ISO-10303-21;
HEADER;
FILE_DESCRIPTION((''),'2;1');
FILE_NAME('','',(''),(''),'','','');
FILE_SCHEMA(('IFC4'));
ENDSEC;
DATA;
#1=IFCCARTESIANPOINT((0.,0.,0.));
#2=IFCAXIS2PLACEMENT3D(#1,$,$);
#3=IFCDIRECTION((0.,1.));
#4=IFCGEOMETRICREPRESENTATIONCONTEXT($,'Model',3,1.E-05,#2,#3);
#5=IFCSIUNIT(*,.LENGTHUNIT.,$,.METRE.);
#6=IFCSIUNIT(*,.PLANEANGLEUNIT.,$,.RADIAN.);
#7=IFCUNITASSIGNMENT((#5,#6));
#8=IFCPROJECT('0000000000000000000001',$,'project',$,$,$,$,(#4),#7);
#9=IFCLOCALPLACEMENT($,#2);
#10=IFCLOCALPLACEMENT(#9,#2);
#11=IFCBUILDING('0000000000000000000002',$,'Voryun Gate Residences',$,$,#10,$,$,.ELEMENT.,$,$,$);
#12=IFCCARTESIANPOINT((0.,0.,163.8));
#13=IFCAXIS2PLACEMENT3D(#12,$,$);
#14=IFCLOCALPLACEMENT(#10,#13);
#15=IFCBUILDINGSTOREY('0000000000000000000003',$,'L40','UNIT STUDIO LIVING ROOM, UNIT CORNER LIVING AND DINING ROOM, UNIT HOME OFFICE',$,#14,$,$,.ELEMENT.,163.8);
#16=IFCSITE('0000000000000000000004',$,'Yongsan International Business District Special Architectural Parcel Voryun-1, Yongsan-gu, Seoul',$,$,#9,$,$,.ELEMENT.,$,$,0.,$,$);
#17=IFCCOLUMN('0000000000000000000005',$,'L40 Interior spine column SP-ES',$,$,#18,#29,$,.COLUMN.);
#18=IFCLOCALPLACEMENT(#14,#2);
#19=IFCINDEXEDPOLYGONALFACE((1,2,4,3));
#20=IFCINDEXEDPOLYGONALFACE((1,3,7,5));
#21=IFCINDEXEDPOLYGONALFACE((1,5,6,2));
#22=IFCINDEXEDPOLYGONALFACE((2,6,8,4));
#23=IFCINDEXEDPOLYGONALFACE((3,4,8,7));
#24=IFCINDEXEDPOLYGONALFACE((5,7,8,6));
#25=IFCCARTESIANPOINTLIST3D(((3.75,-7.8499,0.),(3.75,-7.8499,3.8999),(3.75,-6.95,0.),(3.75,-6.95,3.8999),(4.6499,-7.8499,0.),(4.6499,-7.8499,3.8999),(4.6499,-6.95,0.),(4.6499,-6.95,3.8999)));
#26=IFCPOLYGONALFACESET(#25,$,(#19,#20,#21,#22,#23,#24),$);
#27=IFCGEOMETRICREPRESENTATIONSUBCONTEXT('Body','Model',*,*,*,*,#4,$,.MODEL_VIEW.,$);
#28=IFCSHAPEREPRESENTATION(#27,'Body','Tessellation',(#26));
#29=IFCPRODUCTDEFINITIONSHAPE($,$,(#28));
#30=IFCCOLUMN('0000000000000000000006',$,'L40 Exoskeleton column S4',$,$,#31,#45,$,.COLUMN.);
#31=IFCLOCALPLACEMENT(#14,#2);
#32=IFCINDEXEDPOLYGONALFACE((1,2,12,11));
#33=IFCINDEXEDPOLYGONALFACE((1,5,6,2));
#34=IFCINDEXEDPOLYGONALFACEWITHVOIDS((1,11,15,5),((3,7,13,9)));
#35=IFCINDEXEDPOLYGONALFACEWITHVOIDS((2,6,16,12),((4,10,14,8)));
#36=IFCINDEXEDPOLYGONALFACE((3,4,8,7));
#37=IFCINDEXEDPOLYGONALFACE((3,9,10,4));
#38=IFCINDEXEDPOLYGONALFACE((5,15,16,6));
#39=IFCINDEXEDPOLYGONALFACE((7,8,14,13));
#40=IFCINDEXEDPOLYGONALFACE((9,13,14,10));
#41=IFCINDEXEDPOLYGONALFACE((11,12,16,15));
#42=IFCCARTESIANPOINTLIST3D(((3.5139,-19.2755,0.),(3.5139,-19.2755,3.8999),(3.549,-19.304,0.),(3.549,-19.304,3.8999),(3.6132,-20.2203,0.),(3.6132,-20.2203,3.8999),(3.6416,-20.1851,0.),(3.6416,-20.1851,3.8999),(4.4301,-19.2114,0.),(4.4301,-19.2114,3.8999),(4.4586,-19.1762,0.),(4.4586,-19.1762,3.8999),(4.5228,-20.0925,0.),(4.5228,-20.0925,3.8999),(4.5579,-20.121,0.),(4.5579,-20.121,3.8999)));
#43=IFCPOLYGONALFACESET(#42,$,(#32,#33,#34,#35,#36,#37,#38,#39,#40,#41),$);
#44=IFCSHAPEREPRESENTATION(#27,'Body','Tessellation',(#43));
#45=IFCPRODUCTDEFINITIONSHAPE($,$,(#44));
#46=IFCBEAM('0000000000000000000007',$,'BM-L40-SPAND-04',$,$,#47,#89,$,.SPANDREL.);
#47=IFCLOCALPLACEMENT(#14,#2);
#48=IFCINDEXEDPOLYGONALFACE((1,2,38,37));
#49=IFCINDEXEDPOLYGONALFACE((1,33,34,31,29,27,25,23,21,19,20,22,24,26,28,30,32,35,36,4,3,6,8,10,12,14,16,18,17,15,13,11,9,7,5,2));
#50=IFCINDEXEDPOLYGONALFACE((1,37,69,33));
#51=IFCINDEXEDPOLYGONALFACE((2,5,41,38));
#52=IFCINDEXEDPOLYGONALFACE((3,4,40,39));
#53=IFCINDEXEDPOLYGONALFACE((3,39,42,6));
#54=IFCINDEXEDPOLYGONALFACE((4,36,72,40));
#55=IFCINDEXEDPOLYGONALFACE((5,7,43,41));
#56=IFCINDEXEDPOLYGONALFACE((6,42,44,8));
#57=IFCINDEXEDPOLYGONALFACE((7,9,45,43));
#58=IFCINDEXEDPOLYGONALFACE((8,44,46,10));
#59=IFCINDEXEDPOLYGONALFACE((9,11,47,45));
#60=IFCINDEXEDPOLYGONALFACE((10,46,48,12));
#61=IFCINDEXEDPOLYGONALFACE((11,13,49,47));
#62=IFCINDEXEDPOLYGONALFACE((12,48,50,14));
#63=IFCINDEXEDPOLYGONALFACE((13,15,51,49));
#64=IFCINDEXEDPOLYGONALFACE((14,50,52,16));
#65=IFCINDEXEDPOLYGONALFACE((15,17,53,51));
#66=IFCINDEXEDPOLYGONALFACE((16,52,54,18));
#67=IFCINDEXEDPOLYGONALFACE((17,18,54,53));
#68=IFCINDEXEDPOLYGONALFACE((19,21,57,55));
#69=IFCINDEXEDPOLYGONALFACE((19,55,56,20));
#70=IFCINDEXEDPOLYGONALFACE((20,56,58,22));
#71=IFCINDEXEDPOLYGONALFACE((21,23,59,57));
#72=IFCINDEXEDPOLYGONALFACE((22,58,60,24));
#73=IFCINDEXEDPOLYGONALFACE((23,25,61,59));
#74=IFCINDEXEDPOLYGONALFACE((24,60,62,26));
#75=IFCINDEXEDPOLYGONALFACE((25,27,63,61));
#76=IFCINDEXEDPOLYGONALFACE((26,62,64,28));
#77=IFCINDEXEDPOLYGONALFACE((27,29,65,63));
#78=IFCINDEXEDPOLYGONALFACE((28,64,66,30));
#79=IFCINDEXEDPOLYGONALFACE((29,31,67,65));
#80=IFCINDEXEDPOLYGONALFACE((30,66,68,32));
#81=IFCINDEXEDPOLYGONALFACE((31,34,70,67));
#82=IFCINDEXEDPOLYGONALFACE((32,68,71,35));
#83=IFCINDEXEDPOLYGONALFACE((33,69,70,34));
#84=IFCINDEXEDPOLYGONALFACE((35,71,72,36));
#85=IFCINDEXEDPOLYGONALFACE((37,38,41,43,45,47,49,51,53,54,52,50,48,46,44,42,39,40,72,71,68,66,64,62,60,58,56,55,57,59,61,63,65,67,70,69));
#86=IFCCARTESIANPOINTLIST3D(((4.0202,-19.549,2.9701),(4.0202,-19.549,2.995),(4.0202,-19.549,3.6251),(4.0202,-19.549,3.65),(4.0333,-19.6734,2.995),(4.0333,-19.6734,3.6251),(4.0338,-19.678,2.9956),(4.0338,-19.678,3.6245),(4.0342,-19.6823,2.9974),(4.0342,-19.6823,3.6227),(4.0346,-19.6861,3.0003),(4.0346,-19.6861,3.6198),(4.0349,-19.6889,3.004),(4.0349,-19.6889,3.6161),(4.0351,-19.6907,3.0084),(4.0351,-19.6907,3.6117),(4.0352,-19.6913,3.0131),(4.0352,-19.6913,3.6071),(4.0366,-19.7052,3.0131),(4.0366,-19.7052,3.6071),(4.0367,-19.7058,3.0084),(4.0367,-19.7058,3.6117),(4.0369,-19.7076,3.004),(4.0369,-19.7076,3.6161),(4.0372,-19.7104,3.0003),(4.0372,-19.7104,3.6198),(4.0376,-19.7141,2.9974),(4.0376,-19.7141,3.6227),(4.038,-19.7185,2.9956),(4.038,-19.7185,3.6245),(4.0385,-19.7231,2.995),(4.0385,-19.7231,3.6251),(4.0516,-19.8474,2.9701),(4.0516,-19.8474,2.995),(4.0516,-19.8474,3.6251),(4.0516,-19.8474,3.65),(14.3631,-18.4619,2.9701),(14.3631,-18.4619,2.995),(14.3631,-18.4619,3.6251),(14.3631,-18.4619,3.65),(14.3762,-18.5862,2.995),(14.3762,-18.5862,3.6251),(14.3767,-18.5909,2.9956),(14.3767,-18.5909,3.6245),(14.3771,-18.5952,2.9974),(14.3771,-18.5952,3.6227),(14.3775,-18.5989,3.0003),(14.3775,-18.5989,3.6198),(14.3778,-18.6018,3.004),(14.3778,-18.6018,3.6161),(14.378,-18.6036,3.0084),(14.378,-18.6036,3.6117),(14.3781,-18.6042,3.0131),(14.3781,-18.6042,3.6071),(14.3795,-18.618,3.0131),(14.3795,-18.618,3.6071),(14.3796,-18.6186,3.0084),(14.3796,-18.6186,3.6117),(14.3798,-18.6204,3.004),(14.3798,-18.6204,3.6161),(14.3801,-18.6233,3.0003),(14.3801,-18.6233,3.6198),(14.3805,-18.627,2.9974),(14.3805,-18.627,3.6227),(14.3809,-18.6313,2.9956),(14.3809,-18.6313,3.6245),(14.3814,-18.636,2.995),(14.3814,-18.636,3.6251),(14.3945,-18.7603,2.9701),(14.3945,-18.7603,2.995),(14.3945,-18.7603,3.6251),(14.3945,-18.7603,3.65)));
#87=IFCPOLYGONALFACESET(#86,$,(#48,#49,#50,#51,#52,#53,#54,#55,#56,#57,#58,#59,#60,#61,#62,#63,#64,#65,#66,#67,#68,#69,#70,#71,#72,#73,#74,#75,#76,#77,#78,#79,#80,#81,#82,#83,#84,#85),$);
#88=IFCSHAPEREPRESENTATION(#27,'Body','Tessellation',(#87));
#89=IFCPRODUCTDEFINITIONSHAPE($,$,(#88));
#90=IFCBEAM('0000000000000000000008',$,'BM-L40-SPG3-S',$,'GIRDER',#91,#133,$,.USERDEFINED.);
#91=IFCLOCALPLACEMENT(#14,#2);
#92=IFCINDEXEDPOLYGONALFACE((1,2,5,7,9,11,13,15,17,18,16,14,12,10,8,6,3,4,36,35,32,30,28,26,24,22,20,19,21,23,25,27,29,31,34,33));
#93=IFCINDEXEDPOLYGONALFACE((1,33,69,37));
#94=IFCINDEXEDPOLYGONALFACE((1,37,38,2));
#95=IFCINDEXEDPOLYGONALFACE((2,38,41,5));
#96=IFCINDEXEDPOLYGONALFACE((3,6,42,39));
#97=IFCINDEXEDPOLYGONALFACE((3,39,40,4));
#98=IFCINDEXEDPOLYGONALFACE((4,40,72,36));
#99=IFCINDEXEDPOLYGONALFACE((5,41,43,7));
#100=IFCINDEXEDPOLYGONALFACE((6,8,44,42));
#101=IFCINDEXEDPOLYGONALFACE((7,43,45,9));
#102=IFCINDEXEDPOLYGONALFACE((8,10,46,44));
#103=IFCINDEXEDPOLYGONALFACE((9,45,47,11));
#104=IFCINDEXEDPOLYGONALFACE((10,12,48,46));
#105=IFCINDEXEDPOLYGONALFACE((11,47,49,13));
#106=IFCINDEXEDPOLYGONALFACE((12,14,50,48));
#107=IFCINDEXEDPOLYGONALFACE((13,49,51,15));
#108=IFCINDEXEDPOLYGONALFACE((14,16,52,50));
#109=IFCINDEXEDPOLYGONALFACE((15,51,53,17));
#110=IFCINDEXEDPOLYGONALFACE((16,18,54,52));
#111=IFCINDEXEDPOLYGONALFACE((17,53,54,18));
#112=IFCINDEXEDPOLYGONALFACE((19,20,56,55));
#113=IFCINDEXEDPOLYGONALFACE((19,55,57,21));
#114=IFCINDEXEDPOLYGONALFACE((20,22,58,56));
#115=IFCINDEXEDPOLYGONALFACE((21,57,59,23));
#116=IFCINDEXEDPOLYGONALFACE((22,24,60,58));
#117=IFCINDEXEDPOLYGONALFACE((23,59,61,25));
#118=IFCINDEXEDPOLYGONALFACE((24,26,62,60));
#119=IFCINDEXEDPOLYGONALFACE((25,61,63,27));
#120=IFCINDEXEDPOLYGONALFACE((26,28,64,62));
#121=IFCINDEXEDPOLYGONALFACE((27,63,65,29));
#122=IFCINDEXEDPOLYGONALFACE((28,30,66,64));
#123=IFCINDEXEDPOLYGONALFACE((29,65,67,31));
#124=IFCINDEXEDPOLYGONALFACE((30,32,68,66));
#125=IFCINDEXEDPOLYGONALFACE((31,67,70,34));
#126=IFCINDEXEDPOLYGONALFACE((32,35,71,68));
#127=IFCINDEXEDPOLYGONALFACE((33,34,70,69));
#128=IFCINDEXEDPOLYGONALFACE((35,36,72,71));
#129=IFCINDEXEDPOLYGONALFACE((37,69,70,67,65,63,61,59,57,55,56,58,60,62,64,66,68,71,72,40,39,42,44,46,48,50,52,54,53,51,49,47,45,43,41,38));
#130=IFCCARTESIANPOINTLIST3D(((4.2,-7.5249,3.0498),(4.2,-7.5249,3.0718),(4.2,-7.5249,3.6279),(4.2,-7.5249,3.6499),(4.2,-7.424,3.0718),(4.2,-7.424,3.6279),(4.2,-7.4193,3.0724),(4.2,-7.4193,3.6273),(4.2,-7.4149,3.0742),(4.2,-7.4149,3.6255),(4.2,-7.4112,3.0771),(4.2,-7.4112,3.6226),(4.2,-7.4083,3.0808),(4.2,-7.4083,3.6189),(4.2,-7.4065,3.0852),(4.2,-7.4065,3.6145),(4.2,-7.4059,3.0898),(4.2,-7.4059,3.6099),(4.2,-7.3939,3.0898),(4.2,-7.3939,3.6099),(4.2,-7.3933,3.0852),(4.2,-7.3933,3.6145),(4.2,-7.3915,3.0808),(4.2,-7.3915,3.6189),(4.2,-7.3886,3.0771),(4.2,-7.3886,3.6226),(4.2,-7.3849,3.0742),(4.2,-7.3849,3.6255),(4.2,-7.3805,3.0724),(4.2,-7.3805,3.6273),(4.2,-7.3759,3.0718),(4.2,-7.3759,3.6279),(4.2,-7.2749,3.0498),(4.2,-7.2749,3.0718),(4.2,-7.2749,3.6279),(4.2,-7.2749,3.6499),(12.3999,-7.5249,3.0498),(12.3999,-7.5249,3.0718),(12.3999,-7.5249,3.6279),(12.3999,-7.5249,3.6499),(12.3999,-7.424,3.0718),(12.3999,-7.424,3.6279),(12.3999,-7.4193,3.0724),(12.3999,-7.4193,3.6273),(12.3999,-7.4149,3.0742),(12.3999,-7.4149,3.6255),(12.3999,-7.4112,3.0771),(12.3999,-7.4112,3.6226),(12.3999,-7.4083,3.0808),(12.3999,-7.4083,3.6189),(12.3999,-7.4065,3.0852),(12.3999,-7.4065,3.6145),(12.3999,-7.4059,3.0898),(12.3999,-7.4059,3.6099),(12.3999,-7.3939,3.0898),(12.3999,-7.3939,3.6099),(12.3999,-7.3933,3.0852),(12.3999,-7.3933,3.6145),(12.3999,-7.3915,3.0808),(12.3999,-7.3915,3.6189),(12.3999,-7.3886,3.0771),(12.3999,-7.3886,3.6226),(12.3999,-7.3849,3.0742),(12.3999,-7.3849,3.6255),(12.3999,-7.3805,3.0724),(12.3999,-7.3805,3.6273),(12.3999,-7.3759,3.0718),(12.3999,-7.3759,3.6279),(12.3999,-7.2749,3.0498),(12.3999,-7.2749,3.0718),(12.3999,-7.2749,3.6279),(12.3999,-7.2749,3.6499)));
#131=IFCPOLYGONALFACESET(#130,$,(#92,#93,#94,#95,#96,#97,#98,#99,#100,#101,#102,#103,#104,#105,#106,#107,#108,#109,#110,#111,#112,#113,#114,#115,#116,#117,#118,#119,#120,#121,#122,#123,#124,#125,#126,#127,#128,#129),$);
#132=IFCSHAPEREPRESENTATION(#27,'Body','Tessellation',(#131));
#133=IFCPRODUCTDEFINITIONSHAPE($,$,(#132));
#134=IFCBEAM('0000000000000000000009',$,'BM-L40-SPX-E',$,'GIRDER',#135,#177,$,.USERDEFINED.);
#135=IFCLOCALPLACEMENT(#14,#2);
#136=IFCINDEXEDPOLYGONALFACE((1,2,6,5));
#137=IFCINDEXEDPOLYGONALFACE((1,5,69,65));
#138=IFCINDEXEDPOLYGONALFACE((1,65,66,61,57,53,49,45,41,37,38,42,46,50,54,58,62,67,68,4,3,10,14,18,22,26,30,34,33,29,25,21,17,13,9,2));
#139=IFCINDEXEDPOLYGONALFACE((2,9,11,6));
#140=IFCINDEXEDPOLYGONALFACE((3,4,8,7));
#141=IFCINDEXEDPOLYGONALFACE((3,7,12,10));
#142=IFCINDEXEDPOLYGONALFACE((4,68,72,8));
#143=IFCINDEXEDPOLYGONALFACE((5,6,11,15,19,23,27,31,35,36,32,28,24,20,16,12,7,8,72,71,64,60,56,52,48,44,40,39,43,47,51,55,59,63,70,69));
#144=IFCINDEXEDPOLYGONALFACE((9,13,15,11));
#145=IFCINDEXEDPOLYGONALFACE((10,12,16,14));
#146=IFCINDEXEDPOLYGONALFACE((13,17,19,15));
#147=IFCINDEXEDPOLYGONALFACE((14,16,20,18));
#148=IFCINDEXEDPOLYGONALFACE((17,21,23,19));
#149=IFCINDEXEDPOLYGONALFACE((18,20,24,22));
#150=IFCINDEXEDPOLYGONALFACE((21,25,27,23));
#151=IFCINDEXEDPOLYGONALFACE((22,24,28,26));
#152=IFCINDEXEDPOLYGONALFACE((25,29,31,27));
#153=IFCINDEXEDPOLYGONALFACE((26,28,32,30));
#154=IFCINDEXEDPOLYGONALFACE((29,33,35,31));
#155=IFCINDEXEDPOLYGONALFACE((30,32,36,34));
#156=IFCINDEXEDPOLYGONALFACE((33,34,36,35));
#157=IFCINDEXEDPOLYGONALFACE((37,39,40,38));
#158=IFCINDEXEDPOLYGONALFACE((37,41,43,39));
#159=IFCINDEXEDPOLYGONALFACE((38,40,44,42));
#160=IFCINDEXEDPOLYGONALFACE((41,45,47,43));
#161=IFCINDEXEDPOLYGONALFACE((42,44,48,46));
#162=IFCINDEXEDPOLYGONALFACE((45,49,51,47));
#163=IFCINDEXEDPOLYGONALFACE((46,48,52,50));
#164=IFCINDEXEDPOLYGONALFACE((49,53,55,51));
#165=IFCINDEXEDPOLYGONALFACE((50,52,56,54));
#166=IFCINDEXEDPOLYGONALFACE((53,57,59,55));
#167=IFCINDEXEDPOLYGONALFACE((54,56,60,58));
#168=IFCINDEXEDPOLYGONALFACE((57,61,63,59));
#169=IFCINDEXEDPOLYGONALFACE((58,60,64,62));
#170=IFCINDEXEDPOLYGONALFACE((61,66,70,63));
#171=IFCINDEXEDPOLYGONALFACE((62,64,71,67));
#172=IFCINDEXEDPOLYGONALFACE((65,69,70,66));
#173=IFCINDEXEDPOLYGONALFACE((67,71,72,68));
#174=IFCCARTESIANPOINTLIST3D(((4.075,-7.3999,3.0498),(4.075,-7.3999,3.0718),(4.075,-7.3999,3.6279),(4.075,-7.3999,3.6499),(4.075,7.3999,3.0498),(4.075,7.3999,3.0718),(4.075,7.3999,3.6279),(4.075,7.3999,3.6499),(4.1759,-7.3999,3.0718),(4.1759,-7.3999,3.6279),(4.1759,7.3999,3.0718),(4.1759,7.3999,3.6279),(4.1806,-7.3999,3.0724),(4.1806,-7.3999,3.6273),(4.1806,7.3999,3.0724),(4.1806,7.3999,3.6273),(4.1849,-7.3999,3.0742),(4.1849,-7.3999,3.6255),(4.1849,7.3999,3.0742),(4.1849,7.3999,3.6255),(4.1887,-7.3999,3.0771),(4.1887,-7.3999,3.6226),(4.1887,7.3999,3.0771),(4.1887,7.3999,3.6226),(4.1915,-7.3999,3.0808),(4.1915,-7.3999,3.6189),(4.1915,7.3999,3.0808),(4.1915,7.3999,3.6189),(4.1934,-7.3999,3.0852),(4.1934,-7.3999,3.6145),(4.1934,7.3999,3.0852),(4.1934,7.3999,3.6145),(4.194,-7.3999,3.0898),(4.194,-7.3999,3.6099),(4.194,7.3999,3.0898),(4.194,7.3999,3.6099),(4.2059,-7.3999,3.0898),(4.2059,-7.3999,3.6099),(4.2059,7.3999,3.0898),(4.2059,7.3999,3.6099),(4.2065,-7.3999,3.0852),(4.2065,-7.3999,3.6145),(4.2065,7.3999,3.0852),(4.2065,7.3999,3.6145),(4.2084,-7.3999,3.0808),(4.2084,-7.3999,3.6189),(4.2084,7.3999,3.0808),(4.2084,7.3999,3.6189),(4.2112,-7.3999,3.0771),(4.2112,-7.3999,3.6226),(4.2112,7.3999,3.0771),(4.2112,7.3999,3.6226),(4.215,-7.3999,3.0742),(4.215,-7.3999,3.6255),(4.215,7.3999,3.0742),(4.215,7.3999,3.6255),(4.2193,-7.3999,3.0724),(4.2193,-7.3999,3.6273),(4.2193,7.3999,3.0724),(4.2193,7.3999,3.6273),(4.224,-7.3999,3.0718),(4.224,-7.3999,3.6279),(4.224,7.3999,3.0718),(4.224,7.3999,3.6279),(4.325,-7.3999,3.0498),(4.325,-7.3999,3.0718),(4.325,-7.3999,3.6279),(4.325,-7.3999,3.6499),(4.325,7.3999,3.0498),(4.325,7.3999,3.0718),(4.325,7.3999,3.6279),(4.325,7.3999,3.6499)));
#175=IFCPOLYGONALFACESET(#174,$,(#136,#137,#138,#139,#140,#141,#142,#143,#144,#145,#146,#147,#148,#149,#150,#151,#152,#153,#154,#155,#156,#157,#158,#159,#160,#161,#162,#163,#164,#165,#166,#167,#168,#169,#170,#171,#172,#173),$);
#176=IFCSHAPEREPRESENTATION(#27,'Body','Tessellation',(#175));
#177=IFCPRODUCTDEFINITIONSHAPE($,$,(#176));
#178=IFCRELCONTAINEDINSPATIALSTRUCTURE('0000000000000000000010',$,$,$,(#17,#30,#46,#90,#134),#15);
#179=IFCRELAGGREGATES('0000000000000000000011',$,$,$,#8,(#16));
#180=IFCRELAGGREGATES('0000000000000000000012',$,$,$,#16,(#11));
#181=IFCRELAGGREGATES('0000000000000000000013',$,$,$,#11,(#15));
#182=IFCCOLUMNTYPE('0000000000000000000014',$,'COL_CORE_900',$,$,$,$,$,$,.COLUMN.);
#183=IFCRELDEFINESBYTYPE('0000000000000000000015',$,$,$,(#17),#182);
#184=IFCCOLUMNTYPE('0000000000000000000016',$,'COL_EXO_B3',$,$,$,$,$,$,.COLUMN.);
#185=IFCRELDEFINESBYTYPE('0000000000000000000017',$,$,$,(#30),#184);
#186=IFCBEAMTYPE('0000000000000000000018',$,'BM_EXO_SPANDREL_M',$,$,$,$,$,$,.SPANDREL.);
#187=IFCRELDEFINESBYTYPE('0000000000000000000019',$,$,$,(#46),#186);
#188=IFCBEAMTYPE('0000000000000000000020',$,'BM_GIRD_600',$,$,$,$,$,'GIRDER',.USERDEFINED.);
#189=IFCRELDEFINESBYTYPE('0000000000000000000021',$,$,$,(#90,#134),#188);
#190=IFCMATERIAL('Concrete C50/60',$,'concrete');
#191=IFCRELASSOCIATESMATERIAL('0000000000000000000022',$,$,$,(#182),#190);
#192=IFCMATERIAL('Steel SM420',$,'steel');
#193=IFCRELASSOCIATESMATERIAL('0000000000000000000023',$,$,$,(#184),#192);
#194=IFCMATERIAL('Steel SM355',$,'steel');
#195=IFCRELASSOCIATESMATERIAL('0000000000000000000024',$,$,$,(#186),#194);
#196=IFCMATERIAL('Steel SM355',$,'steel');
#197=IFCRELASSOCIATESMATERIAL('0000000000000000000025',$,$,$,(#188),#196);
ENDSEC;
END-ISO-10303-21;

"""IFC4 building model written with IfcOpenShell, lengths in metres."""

from ifc_helpers import new_model, si_unit, direction, frame, origin, origin_2d, place, context, subcontext, project, spatial, rectangle, hollow_rectangle, i_section, extrude, material, material_profile, profile_set, type_object, element, save


model = new_model("IFC4")

# Units and contexts
model_context = context("Model", 3, precision=1e-05, world=origin(), true_north=direction((0.0, 1.0)))
body_context = subcontext(model_context, "Body", "Model", "MODEL_VIEW")
ifc_project = project(units=[si_unit("LENGTHUNIT", "METRE"), si_unit("PLANEANGLEUNIT", "RADIAN")], contexts=[model_context])

# Site, building, storey
site_placement = place(None, origin())
site = spatial("IfcSite", under=ifc_project, at=site_placement, Name="Yongsan International Business District Special Architectural Parcel Voryun-1, Yongsan-gu, Seoul", CompositionType="ELEMENT", RefElevation=0.0)
building_placement = place(site_placement, origin())
building = spatial("IfcBuilding", under=site, at=building_placement, Name="Voryun Gate Residences", CompositionType="ELEMENT")
storey_placement = place(building_placement, frame((0.0, 0.0, 163.8)))
storey = spatial("IfcBuildingStorey", under=building, at=storey_placement, Name="L40", Description="UNIT STUDIO LIVING ROOM, UNIT CORNER LIVING AND DINING ROOM, UNIT HOME OFFICE", CompositionType="ELEMENT", Elevation=163.8)

# Columns
ifc_material_1 = material(Name="Concrete C50/60", Category="concrete")
ifc_material_profile_1 = material_profile(ifc_material_1, rectangle(XDim=0.8999, YDim=0.8999, at=origin_2d()), Name="RC-900x900")
ifc_profile_set_1 = profile_set([ifc_material_profile_1], Name="Concrete C50/60")
column_type_1 = type_object("IfcColumnType", Name="COL_CORE_900", PredefinedType="COLUMN", material=ifc_profile_set_1)
column_1_placement = place(storey_placement, frame((4.2, -7.3999, 0.0), z_axis=(0.0, 0.0, 1.0), x_axis=(1.0, 0.0, 0.0)))
element("IfcColumn", 1, at=column_1_placement, inside=storey, type_object=column_type_1, Name="L40 Interior spine column SP-ES", PredefinedType="COLUMN", context=body_context, shape_type="SweptSolid", body=[
    extrude(rectangle(XDim=0.8999, YDim=0.8999, at=origin_2d()), origin(), (0.0, 0.0, 1.0), 3.8999),
])
ifc_material_2 = material(Name="Steel SM420", Category="steel")
ifc_material_profile_2 = material_profile(ifc_material_2, hollow_rectangle(XDim=0.95, YDim=0.95, WallThickness=0.032, at=origin_2d()), Name="BOX-950x950x32")
ifc_profile_set_2 = profile_set([ifc_material_profile_2], Name="Steel SM420")
column_type_2 = type_object("IfcColumnType", Name="COL_EXO_B3", PredefinedType="COLUMN", material=ifc_profile_set_2)
column_2_placement = place(storey_placement, frame((4.0359, -19.6982, 0.0), z_axis=(0.0, 0.0, 1.0), x_axis=(0.994522, 0.104528, 0.0)))
element("IfcColumn", 2, at=column_2_placement, inside=storey, type_object=column_type_2, Name="L40 Exoskeleton column S4", PredefinedType="COLUMN", context=body_context, shape_type="SweptSolid", body=[
    extrude(hollow_rectangle(XDim=0.95, YDim=0.95, WallThickness=0.032, at=origin_2d()), origin(), (0.0, 0.0, 1.0), 3.8999),
])

# Beams
ifc_material_3 = material(Name="Steel SM355", Category="steel")
ifc_material_profile_3 = material_profile(ifc_material_3, i_section(OverallWidth=0.3, OverallDepth=0.6799, WebThickness=0.0139, FlangeThickness=0.0249, FilletRadius=0.0181, at=origin_2d()), Name="H-680x300x14x25")
ifc_profile_set_3 = profile_set([ifc_material_profile_3], Name="Steel SM355")
beam_type_1 = type_object("IfcBeamType", Name="BM_EXO_SPANDREL_M", PredefinedType="SPANDREL", material=ifc_profile_set_3)
beam_1_placement = place(storey_placement, frame((4.0359, -19.6982, 3.3101), z_axis=(0.994521, 0.104534, 0.0), x_axis=(-0.104534, 0.994521, 0.0)))
element("IfcBeam", 3, at=beam_1_placement, inside=storey, type_object=beam_type_1, Name="BM-L40-SPAND-04", PredefinedType="SPANDREL", context=body_context, shape_type="SweptSolid", body=[
    extrude(i_section(OverallWidth=0.3, OverallDepth=0.6799, WebThickness=0.0139, FlangeThickness=0.0249, FilletRadius=0.0181, at=origin_2d()), origin(), (0.0, 0.0, 1.0), 10.3999),
])
ifc_material_4 = material(Name="Steel SM355", Category="steel")
ifc_material_profile_4 = material_profile(ifc_material_4, i_section(OverallWidth=0.25, OverallDepth=0.6001, WebThickness=0.012, FlangeThickness=0.022, FilletRadius=0.0181, at=origin_2d()), Name="H-600x250x12x22")
ifc_profile_set_4 = profile_set([ifc_material_profile_4], Name="Steel SM355")
beam_type_2 = type_object("IfcBeamType", Name="BM_GIRD_600", ElementType="GIRDER", PredefinedType="USERDEFINED", material=ifc_profile_set_4)
beam_2_placement = place(storey_placement, frame((4.2, -7.3999, 3.3499), z_axis=(1.0, 0.0, 0.0), x_axis=(0.0, 1.0, 0.0)))
element("IfcBeam", 4, at=beam_2_placement, inside=storey, type_object=beam_type_2, Name="BM-L40-SPG3-S", ObjectType="GIRDER", PredefinedType="USERDEFINED", context=body_context, shape_type="SweptSolid", body=[
    extrude(i_section(OverallWidth=0.25, OverallDepth=0.6001, WebThickness=0.012, FlangeThickness=0.022, FilletRadius=0.0181, at=origin_2d()), origin(), (0.0, 0.0, 1.0), 8.2),
])
beam_3_placement = place(storey_placement, frame((4.2, -7.3999, 3.3499), z_axis=(0.0, 1.0, 0.0), x_axis=(-1.0, 0.0, 0.0)))
element("IfcBeam", 5, at=beam_3_placement, inside=storey, type_object=beam_type_2, Name="BM-L40-SPX-E", ObjectType="GIRDER", PredefinedType="USERDEFINED", context=body_context, shape_type="SweptSolid", body=[
    extrude(i_section(OverallWidth=0.25, OverallDepth=0.6001, WebThickness=0.012, FlangeThickness=0.022, FilletRadius=0.0181, at=origin_2d()), origin(), (0.0, 0.0, 1.0), 14.7998),
])

save(model, "model.ifc")
